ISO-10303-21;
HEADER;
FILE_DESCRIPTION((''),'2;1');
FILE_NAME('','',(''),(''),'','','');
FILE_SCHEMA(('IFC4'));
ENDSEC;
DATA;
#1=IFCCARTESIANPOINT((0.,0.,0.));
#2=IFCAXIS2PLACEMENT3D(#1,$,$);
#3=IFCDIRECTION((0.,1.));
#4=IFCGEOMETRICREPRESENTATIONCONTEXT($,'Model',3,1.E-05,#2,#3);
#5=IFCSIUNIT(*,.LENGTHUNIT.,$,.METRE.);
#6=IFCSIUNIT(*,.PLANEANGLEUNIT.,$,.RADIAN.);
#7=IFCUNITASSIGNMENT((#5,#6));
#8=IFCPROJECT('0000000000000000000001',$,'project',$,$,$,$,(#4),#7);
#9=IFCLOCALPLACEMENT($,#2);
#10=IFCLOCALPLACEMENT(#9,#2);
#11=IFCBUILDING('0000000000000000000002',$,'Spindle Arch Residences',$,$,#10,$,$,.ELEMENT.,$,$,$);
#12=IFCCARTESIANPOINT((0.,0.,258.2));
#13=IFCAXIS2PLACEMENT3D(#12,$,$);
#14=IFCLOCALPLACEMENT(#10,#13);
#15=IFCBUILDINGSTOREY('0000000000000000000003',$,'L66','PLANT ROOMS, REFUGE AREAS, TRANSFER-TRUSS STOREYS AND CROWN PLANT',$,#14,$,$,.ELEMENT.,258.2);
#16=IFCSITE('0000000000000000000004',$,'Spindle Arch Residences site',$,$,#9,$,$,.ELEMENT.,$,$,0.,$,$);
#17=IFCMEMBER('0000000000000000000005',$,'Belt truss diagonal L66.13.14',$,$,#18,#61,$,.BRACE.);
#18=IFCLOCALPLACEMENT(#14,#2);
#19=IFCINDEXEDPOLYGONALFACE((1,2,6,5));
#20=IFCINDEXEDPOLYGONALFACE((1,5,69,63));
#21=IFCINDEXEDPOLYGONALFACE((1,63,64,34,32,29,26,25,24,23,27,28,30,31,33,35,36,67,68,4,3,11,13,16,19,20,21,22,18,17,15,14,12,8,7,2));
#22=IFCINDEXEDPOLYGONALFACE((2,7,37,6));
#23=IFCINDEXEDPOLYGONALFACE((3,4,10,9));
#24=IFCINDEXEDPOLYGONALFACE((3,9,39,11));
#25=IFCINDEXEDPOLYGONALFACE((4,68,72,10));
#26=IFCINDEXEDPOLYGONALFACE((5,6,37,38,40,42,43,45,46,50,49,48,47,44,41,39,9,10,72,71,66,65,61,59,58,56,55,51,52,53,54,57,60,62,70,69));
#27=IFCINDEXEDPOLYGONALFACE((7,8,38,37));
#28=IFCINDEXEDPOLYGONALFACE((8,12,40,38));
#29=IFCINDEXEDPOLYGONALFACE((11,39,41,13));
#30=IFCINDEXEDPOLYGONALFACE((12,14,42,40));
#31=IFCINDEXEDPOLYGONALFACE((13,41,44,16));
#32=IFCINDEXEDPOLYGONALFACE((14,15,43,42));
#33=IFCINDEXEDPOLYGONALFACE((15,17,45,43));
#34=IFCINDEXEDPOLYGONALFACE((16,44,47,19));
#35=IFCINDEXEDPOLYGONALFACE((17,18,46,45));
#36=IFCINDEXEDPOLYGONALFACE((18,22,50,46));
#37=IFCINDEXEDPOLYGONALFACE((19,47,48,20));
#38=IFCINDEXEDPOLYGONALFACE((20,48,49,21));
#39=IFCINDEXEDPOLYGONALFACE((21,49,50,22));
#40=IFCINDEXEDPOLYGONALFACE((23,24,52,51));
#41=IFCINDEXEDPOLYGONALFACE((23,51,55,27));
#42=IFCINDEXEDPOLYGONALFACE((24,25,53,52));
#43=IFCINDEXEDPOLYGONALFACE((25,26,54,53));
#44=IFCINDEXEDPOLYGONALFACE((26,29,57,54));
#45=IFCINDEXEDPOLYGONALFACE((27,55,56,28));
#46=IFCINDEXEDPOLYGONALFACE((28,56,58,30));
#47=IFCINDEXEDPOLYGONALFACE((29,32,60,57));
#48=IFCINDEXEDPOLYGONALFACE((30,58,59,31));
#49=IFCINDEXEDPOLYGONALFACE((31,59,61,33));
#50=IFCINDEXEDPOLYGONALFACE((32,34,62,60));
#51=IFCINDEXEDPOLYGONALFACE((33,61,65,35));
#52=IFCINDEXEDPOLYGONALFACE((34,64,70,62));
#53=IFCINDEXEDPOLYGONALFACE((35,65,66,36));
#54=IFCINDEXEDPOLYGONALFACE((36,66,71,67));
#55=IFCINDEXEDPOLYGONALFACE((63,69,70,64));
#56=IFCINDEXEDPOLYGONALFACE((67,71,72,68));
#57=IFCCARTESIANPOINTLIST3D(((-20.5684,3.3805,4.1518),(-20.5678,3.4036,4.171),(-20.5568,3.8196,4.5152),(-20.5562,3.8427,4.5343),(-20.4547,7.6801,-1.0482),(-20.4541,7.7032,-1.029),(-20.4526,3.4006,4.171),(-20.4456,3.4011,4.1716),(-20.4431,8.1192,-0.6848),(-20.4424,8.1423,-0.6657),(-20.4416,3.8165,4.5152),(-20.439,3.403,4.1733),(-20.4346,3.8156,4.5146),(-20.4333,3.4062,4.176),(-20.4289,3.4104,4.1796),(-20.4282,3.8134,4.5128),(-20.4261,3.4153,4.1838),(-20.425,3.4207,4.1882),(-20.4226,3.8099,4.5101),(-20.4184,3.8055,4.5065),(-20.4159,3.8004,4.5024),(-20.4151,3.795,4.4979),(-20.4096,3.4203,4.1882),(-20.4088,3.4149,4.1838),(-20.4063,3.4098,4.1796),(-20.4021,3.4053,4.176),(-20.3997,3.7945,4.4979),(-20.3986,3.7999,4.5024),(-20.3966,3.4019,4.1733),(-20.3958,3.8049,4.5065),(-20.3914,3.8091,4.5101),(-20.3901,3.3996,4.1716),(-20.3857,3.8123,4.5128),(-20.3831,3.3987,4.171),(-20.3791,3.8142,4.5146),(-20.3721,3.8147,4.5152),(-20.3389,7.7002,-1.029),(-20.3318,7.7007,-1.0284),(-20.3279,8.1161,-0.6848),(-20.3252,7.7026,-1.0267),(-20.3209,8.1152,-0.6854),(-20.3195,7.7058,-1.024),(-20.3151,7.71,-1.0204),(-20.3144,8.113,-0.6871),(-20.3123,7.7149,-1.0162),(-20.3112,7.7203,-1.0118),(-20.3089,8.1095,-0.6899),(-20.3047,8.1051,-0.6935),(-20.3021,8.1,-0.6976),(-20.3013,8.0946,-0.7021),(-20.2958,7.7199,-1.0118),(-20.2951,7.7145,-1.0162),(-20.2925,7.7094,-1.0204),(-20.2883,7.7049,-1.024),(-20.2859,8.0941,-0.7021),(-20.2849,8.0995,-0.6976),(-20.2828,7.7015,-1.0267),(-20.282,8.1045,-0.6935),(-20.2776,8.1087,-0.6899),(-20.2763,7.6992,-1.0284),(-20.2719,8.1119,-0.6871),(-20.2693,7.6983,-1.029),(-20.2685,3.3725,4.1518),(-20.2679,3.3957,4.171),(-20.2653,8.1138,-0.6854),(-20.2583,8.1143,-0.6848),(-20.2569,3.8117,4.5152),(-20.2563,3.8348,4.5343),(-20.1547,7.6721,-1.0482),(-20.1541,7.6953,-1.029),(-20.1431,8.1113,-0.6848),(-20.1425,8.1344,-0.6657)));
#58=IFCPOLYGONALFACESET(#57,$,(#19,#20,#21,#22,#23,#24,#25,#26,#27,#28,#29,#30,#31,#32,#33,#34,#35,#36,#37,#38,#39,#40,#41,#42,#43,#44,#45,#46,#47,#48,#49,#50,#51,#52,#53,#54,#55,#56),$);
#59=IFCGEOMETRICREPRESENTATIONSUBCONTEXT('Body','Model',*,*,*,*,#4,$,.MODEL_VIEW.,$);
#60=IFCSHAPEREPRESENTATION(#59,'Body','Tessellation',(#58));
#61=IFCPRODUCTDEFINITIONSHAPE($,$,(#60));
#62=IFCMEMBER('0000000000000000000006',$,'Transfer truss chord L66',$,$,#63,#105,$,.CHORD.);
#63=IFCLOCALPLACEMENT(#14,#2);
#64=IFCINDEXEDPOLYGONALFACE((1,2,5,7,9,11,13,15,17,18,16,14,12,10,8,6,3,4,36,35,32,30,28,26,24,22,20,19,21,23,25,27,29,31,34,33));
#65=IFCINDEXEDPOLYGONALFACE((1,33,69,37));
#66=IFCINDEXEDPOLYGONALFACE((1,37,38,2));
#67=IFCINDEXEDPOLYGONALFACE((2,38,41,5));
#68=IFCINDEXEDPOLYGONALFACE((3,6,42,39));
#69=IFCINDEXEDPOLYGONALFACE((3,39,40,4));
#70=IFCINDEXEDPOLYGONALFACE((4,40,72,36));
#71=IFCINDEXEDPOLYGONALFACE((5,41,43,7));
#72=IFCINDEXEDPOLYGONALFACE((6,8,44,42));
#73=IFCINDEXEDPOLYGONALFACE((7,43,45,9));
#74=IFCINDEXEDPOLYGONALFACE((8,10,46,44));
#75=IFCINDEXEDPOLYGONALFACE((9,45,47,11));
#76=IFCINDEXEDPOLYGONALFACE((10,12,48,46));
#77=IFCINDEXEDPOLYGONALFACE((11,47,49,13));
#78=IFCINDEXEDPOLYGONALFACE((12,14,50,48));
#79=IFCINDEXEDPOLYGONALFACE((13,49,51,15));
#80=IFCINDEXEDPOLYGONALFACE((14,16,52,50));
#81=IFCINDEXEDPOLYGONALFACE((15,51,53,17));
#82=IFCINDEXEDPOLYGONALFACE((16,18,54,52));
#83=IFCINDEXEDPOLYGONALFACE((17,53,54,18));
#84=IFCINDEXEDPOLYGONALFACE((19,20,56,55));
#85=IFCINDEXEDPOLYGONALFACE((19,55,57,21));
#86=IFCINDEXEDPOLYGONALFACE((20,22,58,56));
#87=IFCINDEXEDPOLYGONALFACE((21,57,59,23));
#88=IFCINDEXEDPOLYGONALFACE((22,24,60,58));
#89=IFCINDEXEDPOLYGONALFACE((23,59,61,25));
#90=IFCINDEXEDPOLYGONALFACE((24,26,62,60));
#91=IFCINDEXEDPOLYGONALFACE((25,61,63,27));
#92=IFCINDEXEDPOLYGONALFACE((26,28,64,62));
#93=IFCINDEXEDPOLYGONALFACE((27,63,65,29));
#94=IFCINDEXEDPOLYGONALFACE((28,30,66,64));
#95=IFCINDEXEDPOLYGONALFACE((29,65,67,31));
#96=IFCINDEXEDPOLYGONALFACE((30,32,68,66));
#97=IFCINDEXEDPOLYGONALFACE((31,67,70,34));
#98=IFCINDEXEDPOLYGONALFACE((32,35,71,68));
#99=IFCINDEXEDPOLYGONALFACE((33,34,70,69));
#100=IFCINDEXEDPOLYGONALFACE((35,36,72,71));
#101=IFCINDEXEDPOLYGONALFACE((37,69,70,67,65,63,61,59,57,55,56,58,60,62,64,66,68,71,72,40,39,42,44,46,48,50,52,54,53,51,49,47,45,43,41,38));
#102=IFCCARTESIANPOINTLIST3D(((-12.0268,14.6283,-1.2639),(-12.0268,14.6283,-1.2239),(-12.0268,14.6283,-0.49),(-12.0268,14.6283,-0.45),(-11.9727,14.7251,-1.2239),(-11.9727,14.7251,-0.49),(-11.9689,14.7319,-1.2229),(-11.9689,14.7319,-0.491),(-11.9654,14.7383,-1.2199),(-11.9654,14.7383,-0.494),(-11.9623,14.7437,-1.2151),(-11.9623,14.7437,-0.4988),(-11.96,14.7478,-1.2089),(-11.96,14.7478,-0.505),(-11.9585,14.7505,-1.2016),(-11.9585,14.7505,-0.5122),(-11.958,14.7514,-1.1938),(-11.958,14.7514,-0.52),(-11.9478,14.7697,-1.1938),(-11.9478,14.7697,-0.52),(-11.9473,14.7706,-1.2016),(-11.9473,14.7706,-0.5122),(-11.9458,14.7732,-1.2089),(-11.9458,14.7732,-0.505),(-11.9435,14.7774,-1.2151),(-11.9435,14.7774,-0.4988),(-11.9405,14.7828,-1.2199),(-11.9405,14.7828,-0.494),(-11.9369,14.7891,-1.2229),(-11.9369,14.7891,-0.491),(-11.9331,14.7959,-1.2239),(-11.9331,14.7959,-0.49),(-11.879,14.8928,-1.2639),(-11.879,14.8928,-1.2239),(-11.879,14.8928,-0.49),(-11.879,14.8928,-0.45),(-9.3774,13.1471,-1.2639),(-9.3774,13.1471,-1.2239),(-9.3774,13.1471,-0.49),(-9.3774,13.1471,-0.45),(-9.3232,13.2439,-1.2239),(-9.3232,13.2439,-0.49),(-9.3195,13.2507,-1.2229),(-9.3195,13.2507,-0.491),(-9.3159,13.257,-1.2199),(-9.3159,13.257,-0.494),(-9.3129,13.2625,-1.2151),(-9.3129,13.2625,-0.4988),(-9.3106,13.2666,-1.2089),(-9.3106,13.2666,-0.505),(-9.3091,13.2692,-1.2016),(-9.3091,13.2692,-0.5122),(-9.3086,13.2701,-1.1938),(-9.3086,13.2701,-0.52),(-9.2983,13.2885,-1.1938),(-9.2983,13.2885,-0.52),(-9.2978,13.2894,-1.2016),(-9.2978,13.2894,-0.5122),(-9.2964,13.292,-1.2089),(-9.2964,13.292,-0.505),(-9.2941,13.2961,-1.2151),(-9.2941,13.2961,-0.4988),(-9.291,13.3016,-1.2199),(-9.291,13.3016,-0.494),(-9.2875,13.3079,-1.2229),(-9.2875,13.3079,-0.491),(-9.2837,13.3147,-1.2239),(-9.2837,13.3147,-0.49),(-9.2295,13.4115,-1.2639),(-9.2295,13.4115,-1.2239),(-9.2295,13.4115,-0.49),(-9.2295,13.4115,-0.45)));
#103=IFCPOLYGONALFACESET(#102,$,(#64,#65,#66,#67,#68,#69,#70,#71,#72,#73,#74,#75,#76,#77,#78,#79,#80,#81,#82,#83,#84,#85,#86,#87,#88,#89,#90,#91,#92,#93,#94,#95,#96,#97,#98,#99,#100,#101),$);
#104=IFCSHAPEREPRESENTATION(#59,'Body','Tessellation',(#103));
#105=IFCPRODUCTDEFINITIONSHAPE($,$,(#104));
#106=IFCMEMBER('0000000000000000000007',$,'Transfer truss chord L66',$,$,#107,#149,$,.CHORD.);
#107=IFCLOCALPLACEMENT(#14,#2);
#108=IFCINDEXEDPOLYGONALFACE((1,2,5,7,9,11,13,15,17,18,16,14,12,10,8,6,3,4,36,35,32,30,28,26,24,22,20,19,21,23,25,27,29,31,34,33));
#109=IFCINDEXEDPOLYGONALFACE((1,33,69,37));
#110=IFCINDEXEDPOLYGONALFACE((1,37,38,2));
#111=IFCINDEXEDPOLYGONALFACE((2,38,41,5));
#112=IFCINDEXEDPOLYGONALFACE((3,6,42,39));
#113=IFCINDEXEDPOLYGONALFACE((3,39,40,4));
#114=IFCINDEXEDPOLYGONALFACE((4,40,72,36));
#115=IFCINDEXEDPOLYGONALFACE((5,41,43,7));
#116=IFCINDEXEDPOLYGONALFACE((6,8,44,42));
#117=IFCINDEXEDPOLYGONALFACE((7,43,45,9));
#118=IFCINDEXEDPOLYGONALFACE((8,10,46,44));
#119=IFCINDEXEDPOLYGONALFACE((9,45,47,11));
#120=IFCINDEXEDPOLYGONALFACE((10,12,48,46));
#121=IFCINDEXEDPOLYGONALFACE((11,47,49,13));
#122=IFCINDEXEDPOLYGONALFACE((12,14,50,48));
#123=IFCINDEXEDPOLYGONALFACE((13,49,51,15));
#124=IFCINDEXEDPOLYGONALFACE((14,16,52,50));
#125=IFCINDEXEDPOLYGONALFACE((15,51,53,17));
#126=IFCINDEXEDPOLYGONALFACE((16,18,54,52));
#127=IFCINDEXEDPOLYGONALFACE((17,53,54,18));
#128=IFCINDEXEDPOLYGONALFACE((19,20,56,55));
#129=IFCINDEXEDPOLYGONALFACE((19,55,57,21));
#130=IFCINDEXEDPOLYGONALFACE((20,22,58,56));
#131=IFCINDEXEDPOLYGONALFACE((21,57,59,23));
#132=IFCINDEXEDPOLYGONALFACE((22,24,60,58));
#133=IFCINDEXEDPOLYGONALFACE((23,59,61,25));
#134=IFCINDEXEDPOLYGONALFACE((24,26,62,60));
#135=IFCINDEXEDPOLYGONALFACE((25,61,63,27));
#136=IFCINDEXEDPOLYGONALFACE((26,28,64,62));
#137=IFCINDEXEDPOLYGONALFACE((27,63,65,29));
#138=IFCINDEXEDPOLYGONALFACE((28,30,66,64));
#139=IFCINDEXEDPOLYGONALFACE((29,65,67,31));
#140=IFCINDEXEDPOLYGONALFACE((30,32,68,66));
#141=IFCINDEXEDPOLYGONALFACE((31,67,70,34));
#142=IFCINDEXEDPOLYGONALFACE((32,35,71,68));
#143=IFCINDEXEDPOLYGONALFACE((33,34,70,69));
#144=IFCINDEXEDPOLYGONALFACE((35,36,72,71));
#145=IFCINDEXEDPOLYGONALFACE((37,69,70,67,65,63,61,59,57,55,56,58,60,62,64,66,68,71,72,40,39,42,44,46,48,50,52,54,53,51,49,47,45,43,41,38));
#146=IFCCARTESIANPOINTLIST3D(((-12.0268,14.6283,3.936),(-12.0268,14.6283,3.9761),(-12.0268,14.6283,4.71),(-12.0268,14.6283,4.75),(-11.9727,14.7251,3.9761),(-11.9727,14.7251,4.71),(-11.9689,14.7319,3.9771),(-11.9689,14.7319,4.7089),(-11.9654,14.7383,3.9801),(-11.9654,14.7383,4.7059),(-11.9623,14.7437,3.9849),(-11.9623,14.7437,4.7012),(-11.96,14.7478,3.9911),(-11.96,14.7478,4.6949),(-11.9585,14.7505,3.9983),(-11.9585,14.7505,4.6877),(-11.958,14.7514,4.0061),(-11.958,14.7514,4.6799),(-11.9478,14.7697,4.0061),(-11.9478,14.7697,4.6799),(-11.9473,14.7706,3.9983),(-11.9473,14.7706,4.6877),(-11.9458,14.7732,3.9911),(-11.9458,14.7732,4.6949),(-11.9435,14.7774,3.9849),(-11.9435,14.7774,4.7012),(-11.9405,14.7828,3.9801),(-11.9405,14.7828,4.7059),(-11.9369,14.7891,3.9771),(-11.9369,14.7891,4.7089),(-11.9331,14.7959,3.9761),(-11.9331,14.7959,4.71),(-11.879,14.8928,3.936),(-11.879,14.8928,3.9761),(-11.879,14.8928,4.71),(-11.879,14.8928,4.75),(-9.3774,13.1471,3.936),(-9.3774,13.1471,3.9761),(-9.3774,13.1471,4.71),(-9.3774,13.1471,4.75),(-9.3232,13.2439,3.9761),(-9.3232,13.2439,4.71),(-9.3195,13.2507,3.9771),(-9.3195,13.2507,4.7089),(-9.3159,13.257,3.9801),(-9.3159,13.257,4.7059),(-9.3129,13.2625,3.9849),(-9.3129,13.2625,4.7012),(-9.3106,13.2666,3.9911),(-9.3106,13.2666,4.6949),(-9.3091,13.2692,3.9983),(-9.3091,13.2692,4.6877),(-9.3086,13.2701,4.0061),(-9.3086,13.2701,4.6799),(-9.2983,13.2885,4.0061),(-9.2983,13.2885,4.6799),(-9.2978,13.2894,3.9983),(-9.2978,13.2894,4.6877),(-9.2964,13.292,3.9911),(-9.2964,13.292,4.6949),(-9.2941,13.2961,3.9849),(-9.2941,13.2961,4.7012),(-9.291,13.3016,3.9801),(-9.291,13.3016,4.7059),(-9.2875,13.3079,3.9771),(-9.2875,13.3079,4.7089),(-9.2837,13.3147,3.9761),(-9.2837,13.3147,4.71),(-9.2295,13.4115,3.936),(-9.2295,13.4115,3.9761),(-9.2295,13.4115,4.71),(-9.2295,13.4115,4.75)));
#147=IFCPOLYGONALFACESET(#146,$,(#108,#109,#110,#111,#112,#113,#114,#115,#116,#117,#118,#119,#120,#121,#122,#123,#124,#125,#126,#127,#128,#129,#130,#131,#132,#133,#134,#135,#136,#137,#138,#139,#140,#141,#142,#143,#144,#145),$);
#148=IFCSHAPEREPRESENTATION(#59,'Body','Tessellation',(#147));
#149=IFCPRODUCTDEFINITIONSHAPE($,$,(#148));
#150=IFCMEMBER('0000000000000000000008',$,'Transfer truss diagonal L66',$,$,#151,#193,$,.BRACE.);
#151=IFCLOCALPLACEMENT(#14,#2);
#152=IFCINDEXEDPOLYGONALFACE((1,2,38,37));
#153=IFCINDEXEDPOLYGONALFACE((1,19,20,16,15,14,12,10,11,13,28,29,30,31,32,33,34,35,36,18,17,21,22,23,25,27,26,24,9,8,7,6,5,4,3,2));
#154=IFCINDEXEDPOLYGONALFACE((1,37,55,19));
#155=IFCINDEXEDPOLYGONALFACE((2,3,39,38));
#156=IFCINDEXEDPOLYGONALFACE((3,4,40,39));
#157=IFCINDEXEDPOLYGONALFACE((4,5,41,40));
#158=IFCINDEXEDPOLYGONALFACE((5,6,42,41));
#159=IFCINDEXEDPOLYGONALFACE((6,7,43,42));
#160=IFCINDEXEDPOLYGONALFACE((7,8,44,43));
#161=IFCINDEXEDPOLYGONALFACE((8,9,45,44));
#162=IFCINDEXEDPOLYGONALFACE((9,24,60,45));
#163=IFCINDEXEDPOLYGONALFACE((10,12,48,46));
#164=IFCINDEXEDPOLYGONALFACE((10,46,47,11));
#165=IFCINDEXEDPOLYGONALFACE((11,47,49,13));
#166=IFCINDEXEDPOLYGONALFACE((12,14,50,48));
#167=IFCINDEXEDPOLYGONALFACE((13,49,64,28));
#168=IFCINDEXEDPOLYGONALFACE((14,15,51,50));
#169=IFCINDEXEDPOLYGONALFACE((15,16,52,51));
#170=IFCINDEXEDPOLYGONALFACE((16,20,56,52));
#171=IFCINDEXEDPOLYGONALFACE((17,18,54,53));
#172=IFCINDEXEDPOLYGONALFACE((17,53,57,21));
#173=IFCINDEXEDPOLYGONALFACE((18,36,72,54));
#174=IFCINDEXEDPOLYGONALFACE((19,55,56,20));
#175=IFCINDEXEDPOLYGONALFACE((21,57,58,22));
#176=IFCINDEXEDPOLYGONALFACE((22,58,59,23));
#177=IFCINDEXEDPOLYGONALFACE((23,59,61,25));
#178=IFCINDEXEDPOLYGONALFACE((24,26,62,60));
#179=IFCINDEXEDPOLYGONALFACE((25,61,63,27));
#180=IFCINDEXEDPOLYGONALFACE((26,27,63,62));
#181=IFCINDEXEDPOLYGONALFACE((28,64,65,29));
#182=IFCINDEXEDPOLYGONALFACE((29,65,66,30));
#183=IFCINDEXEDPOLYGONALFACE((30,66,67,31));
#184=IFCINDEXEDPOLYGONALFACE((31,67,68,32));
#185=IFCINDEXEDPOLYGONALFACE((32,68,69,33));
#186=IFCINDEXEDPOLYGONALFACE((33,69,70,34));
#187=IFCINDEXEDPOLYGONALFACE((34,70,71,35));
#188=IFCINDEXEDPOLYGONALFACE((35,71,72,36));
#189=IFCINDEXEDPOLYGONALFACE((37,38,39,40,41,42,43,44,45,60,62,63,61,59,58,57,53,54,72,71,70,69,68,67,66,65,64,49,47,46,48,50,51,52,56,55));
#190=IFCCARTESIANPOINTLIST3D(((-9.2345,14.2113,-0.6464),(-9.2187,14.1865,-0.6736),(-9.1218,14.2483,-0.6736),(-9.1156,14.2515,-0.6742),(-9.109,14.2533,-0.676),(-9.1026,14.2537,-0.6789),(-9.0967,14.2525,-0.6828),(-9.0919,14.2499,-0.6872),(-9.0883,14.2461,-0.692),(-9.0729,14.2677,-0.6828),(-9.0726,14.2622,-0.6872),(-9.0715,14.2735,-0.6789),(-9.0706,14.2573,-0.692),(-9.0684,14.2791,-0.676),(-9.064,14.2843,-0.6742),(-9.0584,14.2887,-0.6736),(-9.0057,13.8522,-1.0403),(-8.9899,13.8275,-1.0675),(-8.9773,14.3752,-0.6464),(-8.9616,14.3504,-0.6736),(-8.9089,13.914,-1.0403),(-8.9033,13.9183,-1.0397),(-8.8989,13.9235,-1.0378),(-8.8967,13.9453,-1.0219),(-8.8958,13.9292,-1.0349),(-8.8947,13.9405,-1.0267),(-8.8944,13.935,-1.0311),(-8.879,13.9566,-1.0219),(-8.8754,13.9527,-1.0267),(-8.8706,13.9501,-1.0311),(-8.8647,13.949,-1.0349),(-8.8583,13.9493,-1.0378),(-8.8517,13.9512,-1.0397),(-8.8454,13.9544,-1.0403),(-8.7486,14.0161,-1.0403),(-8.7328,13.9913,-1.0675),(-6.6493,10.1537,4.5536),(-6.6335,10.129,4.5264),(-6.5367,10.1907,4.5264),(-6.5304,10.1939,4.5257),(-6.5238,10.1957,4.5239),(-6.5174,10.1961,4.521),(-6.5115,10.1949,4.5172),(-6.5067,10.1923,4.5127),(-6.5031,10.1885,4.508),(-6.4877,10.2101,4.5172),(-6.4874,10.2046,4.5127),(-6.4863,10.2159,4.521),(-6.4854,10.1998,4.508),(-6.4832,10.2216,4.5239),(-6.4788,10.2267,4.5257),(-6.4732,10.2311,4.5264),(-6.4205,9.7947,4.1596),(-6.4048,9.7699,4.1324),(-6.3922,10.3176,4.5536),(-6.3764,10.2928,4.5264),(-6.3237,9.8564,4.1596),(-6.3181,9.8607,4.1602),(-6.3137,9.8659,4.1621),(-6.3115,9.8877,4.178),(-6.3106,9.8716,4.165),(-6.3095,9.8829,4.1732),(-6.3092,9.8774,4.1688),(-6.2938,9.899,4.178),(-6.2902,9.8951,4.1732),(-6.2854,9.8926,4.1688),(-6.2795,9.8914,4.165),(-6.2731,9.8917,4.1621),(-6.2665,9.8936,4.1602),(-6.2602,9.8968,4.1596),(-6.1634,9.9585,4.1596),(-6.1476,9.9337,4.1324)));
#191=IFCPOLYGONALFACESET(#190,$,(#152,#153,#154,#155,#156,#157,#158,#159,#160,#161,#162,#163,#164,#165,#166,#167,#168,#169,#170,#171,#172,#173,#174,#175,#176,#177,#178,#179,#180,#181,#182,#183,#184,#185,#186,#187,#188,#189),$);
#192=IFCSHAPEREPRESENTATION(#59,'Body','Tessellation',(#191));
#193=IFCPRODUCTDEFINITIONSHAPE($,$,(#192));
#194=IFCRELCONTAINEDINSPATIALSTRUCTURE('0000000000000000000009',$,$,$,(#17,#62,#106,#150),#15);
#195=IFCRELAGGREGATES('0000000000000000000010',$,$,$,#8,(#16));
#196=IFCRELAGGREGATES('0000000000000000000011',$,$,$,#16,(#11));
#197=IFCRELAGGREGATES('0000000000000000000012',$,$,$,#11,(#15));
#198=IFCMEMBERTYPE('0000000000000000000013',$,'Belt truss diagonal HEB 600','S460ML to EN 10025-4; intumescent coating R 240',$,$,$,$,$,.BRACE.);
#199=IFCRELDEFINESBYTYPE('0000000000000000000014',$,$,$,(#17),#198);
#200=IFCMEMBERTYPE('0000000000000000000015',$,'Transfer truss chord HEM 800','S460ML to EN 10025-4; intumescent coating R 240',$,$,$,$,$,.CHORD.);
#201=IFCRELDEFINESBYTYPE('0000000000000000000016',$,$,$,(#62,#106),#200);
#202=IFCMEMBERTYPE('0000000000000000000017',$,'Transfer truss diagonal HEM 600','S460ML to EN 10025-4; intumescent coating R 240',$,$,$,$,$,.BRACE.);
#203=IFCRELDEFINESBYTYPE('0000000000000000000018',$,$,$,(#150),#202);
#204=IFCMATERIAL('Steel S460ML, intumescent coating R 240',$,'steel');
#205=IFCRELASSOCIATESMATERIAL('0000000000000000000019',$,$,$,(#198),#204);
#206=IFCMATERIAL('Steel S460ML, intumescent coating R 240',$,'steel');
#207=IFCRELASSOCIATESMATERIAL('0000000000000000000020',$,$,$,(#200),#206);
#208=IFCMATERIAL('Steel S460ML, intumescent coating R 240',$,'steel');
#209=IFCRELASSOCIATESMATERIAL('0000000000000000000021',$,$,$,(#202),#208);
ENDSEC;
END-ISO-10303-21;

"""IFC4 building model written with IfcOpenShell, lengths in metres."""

from ifc_helpers import new_model, si_unit, direction, frame, origin, origin_2d, place, context, subcontext, project, spatial, i_section, extrude, material, material_profile, profile_set, type_object, element, save


model = new_model("IFC4")

# Units and contexts
model_context = context("Model", 3, precision=1e-05, world=origin(), true_north=direction((0.0, 1.0)))
body_context = subcontext(model_context, "Body", "Model", "MODEL_VIEW")
ifc_project = project(units=[si_unit("LENGTHUNIT", "METRE"), si_unit("PLANEANGLEUNIT", "RADIAN")], contexts=[model_context])

# Site, building, storey
site_placement = place(None, origin())
site = spatial("IfcSite", under=ifc_project, at=site_placement, Name="Spindle Arch Residences site", CompositionType="ELEMENT", RefElevation=0.0)
building_placement = place(site_placement, origin())
building = spatial("IfcBuilding", under=site, at=building_placement, Name="Spindle Arch Residences", CompositionType="ELEMENT")
storey_placement = place(building_placement, frame((0.0, 0.0, 258.2)))
storey = spatial("IfcBuildingStorey", under=building, at=storey_placement, Name="L66", Description="PLANT ROOMS, REFUGE AREAS, TRANSFER-TRUSS STOREYS AND CROWN PLANT", CompositionType="ELEMENT", Elevation=258.2)

# Members
ifc_material_1 = material(Name="Steel S460ML, intumescent coating R 240", Category="steel")
ifc_material_profile_1 = material_profile(ifc_material_1, i_section(OverallWidth=0.3, OverallDepth=0.6001, WebThickness=0.0154, FlangeThickness=0.03, FilletRadius=0.0271, at=origin_2d()), Name="HEB 600")
ifc_profile_set_1 = profile_set([ifc_material_profile_1], Name="Steel S460ML, intumescent coating R 240")
member_type_1 = type_object("IfcMemberType", Name="Belt truss diagonal HEB 600", Description="S460ML to EN 10025-4; intumescent coating R 240", PredefinedType="BRACE", material=ifc_profile_set_1)
member_1_placement = place(storey_placement, frame((-20.2986, 7.9072, -0.8569), z_axis=(-0.016859, -0.637139, 0.770565), x_axis=(0.99965, -0.026451, 0.0)))
element("IfcMember", 1, at=member_1_placement, inside=storey, type_object=member_type_1, Name="Belt truss diagonal L66.13.14", PredefinedType="BRACE", context=body_context, shape_type="SweptSolid", body=[
    extrude(i_section(OverallWidth=0.3, OverallDepth=0.6001, WebThickness=0.0154, FlangeThickness=0.03, FilletRadius=0.0271, at=origin_2d()), origin(), (0.0, 0.0, 1.0), 6.7483),
])
ifc_material_2 = material(Name="Steel S460ML, intumescent coating R 240", Category="steel")
ifc_material_profile_2 = material_profile(ifc_material_2, i_section(OverallWidth=0.303, OverallDepth=0.814, WebThickness=0.021, FlangeThickness=0.04, FilletRadius=0.03, at=origin_2d()), Name="HEM 800")
ifc_profile_set_2 = profile_set([ifc_material_profile_2], Name="Steel S460ML, intumescent coating R 240")
member_type_2 = type_object("IfcMemberType", Name="Transfer truss chord HEM 800", Description="S460ML to EN 10025-4; intumescent coating R 240", PredefinedType="CHORD", material=ifc_profile_set_2)
for number, where, z_axis, x_axis, name in (
    (2, (-9.3035, 13.2793, -0.8569), (-0.872853, 0.487984, 0.0), (-0.487984, -0.872853, 0.0), "Transfer truss chord L66"),
    (3, (-9.3035, 13.2793, 4.343), (-0.872853, 0.487984, 0.0), (-0.487984, -0.872853, 0.0), "Transfer truss chord L66"),
):
    element("IfcMember", number, at=place(storey_placement, frame(where, z_axis=z_axis, x_axis=x_axis)), inside=storey, type_object=member_type_2, Name=name, PredefinedType="CHORD", context=body_context, shape_type="SweptSolid", body=[
        extrude(i_section(OverallWidth=0.303, OverallDepth=0.814, WebThickness=0.021, FlangeThickness=0.04, FilletRadius=0.03, at=origin_2d()), origin(), (0.0, 0.0, 1.0), 3.0354),
    ])
ifc_material_3 = material(Name="Steel S460ML, intumescent coating R 240", Category="steel")
ifc_material_profile_3 = material_profile(ifc_material_3, i_section(OverallWidth=0.3049, OverallDepth=0.6201, WebThickness=0.021, FlangeThickness=0.04, FilletRadius=0.0271, at=origin_2d()), Name="HEM 600")
ifc_profile_set_3 = profile_set([ifc_material_profile_3], Name="Steel S460ML, intumescent coating R 240")
member_type_3 = type_object("IfcMemberType", Name="Transfer truss diagonal HEM 600", Description="S460ML to EN 10025-4; intumescent coating R 240", PredefinedType="BRACE", material=ifc_profile_set_3)
member_2_placement = place(storey_placement, frame((-8.9836, 14.1013, -0.8569), z_axis=(0.364921, -0.572763, 0.734013), x_axis=(0.843371, 0.537332, 0.0)))
element("IfcMember", 4, at=member_2_placement, inside=storey, type_object=member_type_3, Name="Transfer truss diagonal L66", PredefinedType="BRACE", context=body_context, shape_type="SweptSolid", body=[
    extrude(i_section(OverallWidth=0.3049, OverallDepth=0.6201, WebThickness=0.021, FlangeThickness=0.04, FilletRadius=0.0271, at=origin_2d()), origin(), (0.0, 0.0, 1.0), 7.0842),
])

save(model, "model.ifc")
